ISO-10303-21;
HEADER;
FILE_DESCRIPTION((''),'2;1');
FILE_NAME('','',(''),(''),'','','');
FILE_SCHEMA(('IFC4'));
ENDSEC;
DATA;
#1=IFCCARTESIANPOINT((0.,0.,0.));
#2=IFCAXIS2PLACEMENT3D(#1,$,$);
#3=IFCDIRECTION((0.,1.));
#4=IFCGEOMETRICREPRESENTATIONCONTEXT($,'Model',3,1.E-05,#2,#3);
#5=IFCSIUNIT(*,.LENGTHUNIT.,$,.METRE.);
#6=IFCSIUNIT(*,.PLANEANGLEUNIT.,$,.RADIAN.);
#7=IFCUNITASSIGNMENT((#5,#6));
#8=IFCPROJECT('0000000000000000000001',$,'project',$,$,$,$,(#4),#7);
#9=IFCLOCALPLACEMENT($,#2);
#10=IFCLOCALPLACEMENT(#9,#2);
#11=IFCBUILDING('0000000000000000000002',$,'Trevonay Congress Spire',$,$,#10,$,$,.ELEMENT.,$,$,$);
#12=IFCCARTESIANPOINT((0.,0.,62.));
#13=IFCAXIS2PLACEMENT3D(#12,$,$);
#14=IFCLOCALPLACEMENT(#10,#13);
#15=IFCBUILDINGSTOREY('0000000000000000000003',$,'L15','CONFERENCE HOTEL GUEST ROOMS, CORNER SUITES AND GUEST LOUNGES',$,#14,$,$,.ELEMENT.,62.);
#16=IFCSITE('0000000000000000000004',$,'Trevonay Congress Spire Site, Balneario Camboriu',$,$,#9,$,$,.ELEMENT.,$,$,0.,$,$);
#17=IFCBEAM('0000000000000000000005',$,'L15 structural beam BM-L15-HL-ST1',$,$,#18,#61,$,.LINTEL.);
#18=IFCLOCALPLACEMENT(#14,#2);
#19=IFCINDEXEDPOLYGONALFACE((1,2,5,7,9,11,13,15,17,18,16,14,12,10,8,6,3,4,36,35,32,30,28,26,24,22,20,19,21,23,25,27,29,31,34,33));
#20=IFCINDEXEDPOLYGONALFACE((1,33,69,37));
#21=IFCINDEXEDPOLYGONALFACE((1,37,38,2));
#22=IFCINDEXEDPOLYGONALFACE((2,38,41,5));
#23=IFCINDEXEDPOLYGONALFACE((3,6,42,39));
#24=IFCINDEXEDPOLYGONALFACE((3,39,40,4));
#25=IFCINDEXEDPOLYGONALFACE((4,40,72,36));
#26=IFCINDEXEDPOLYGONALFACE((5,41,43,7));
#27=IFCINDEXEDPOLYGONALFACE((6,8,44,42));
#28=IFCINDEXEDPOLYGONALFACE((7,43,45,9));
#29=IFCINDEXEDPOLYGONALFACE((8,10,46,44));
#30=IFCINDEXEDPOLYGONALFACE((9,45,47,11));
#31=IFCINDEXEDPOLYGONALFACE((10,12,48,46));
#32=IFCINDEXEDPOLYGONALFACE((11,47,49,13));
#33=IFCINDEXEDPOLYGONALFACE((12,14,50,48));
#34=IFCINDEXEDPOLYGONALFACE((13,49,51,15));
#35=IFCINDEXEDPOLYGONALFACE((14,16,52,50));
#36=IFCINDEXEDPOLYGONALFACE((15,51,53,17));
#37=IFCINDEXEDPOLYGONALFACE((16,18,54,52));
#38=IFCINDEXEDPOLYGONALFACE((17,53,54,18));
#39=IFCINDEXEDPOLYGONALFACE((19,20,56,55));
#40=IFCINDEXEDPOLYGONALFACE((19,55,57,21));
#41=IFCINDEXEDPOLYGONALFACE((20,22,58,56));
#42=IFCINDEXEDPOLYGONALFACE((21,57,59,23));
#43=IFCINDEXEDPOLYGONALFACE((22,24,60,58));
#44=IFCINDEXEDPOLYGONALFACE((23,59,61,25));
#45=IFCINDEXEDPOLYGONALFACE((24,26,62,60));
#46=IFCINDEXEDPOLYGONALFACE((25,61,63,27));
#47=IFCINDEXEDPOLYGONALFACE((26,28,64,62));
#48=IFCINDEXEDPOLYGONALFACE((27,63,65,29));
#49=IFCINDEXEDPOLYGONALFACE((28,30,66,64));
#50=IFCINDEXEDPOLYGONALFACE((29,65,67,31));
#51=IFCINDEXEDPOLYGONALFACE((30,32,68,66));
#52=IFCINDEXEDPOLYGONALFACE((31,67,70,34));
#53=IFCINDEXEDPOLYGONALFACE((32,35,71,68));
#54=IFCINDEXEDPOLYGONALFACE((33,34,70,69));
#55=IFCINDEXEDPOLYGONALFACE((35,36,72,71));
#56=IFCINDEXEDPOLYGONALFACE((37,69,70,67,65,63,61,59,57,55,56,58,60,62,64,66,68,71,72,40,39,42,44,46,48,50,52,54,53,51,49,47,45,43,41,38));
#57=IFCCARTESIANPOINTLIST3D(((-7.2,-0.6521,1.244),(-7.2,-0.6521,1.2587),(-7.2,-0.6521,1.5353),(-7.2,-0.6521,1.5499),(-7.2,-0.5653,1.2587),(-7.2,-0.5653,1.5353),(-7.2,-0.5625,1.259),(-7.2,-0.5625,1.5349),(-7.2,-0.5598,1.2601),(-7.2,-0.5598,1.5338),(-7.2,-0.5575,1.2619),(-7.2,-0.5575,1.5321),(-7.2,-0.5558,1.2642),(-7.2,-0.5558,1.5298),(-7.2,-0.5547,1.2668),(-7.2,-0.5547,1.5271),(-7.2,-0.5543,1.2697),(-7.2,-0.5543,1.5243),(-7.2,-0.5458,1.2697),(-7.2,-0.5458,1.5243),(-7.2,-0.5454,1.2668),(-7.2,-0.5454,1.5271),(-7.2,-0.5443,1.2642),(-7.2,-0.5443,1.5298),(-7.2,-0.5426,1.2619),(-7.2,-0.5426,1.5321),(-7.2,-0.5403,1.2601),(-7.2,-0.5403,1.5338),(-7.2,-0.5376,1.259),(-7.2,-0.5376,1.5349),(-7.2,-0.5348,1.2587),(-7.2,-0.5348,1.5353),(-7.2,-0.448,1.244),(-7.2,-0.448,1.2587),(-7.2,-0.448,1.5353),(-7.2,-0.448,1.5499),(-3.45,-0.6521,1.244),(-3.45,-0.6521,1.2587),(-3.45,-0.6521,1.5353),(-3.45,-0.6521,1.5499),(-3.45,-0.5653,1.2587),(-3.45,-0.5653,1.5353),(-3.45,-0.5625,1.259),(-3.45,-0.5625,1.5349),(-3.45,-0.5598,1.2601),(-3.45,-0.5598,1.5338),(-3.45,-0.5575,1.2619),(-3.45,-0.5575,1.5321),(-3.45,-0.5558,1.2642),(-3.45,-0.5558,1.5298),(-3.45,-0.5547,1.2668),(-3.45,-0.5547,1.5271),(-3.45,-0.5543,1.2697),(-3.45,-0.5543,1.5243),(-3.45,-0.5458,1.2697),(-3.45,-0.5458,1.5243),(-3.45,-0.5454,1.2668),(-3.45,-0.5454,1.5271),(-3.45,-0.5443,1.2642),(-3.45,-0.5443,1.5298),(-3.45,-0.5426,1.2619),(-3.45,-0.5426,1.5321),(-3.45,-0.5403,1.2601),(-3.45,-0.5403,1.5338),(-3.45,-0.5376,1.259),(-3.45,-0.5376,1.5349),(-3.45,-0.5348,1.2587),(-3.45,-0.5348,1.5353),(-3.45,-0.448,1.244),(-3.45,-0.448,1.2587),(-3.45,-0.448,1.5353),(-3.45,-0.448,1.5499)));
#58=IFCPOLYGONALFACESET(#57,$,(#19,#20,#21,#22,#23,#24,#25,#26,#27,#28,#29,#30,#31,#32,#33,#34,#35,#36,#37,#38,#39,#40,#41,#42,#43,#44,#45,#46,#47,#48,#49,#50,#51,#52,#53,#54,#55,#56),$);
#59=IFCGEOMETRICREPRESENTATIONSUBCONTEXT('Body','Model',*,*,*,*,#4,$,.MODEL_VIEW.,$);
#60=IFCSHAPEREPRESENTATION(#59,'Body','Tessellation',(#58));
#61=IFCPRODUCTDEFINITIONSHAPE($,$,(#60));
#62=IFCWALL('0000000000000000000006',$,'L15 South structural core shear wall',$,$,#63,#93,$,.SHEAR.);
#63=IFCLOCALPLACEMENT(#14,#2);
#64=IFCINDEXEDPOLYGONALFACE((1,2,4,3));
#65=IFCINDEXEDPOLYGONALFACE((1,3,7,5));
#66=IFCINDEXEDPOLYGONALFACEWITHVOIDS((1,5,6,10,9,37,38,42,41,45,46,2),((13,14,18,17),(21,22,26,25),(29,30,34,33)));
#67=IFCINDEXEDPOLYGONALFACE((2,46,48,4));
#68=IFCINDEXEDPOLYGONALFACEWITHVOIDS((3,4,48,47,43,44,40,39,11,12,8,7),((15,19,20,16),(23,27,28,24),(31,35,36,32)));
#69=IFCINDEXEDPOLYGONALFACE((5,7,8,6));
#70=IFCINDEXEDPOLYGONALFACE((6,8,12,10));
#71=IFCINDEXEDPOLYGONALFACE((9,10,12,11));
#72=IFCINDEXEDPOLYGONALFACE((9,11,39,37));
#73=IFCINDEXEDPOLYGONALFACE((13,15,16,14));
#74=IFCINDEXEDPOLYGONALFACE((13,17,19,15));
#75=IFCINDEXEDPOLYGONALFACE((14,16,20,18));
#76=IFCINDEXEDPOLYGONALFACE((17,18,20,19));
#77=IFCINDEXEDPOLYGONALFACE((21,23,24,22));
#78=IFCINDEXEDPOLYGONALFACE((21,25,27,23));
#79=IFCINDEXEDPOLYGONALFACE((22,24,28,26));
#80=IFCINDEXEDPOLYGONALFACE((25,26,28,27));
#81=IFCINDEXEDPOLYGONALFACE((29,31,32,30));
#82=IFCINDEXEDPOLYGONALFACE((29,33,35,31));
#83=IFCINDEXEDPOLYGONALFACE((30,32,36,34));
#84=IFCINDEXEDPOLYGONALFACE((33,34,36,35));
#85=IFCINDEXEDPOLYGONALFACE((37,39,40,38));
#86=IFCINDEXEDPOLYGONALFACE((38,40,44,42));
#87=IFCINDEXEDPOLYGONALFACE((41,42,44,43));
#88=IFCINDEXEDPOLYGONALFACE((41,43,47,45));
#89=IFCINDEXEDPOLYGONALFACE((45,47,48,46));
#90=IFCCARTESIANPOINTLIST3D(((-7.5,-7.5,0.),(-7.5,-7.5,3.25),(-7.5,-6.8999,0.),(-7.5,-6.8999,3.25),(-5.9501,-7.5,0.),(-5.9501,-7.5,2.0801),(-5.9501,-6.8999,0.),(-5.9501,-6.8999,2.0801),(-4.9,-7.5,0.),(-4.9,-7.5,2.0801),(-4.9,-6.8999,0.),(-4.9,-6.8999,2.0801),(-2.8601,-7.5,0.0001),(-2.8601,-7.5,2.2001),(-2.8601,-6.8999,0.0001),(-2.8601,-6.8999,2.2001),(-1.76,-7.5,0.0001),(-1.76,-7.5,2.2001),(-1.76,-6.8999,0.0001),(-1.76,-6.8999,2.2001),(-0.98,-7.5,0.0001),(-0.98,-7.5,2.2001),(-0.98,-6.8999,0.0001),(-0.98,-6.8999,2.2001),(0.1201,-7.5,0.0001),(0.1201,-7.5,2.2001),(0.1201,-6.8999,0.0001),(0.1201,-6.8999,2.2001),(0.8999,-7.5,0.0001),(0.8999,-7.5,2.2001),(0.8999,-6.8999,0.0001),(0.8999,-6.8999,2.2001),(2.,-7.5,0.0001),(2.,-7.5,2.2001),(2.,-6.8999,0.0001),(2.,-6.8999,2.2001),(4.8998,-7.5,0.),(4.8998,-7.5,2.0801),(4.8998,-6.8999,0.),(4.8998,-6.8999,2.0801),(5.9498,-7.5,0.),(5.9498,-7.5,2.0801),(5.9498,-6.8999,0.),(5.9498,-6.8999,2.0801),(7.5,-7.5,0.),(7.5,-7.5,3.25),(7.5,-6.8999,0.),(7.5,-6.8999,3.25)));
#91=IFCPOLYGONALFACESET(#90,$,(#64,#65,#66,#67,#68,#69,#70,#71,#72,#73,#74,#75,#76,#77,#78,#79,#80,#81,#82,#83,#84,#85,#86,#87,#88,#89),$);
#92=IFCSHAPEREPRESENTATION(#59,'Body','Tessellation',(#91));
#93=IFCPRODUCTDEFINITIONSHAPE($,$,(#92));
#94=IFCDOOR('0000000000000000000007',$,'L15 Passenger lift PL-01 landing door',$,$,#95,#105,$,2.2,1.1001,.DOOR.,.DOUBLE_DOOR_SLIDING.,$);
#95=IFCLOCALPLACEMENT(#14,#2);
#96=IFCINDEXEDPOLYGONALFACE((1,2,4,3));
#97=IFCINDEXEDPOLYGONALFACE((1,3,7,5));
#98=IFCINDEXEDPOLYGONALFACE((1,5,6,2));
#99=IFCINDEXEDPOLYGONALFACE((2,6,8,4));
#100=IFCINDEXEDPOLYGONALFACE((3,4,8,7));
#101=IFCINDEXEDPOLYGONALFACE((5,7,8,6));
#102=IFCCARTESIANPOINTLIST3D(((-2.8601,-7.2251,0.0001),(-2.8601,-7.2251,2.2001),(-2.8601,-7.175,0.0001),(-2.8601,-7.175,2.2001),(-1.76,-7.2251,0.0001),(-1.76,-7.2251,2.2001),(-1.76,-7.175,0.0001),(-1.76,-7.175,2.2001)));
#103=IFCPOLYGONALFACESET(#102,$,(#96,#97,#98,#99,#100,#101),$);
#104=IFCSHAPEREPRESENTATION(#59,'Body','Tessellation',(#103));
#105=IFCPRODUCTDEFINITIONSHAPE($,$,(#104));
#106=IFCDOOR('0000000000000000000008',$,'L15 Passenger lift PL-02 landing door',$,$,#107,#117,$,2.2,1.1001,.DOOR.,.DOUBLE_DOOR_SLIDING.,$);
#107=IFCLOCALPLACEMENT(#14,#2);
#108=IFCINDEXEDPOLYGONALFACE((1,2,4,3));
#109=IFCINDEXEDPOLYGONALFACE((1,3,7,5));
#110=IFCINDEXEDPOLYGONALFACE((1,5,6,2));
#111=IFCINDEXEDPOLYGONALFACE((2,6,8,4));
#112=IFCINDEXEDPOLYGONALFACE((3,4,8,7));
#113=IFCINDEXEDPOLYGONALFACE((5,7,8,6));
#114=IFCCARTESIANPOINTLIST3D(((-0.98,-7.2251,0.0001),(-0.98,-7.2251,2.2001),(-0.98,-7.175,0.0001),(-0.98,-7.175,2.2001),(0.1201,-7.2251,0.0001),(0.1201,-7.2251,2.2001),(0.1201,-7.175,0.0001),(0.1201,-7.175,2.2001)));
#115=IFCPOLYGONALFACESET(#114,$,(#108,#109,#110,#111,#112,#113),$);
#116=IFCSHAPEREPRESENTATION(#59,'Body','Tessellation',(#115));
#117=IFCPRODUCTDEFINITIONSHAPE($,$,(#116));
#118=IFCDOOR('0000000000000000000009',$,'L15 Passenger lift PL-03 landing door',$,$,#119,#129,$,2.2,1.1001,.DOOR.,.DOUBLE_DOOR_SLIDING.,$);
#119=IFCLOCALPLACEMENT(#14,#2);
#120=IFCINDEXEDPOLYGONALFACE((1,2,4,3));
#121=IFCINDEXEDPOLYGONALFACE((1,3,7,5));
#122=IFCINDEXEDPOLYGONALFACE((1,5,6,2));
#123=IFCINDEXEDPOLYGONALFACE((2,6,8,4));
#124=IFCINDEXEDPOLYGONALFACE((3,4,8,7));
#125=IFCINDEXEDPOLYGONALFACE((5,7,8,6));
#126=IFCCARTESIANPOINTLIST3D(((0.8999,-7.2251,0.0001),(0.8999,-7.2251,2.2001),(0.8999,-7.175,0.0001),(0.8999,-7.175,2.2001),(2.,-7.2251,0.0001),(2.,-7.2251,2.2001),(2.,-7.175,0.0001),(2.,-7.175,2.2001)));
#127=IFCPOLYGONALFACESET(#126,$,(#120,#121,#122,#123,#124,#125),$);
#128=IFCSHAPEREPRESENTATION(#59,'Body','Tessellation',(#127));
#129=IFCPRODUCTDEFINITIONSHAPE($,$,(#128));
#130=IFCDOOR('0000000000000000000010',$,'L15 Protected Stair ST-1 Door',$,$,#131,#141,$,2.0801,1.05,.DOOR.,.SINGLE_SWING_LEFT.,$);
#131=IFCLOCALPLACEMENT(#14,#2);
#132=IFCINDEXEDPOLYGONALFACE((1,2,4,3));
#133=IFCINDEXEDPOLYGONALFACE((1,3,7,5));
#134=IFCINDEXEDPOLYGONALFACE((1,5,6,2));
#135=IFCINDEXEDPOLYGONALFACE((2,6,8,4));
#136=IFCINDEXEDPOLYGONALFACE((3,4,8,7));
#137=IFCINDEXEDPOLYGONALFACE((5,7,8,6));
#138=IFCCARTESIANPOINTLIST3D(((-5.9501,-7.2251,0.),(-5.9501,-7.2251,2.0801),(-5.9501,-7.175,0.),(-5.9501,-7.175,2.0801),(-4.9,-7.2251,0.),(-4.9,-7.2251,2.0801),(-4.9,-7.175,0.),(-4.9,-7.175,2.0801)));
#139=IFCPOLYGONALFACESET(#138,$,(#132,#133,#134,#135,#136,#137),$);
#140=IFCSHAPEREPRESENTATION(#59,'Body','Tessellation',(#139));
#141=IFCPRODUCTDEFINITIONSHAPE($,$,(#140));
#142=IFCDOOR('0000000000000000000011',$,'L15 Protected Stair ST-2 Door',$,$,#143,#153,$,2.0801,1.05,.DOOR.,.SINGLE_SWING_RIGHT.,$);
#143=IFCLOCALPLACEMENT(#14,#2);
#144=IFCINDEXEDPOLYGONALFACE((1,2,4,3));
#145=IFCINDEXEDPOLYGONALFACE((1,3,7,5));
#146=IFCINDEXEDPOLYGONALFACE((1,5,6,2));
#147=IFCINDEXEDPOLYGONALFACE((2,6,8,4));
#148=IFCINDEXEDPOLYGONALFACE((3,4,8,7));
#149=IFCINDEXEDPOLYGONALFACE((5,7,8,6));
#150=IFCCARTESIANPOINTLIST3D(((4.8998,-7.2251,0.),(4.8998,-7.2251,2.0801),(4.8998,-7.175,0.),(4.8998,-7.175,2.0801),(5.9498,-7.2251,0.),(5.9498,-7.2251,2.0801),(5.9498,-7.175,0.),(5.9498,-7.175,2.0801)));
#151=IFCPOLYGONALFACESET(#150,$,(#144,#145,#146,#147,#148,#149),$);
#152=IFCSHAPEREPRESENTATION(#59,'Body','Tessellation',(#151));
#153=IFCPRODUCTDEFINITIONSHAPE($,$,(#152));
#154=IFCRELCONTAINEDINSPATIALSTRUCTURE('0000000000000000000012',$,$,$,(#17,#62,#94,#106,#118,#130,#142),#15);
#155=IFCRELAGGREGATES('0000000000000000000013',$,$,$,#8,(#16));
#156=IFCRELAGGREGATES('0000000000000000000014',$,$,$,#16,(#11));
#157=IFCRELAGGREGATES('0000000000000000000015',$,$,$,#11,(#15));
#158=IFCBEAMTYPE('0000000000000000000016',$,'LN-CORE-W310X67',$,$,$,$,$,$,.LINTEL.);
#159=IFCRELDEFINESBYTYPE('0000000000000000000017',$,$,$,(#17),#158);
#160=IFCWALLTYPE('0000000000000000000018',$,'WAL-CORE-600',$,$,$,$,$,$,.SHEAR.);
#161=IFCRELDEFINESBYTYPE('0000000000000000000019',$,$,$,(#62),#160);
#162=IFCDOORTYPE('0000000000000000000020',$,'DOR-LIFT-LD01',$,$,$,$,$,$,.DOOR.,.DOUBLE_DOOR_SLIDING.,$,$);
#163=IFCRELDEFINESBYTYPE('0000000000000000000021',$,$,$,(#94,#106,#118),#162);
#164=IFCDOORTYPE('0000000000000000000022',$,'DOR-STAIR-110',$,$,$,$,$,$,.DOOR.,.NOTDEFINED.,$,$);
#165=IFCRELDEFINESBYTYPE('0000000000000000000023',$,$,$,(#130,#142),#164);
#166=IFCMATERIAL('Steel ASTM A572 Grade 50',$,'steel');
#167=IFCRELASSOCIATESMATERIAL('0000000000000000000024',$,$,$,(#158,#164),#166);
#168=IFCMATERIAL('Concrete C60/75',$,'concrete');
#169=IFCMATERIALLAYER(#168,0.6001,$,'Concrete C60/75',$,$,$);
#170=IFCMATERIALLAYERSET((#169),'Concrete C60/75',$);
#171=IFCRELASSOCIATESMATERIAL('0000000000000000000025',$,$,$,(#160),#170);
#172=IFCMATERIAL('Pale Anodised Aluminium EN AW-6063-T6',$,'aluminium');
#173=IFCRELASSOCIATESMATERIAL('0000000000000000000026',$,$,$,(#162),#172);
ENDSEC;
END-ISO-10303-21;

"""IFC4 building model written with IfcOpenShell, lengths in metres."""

from ifc_helpers import new_model, si_unit, direction, frame, frame_2d, origin, origin_2d, place, context, subcontext, project, spatial, rectangle, i_section, extrude, material, layer, layer_set, material_profile, profile_set, type_object, element, fill, save


model = new_model("IFC4")

# Units and contexts
model_context = context("Model", 3, precision=1e-05, world=origin(), true_north=direction((0.0, 1.0)))
body_context = subcontext(model_context, "Body", "Model", "MODEL_VIEW")
ifc_project = project(units=[si_unit("LENGTHUNIT", "METRE"), si_unit("PLANEANGLEUNIT", "RADIAN")], contexts=[model_context])

# Site, building, storey
site_placement = place(None, origin())
site = spatial("IfcSite", under=ifc_project, at=site_placement, Name="Trevonay Congress Spire Site, Balneario Camboriu", CompositionType="ELEMENT", RefElevation=0.0)
building_placement = place(site_placement, origin())
building = spatial("IfcBuilding", under=site, at=building_placement, Name="Trevonay Congress Spire", CompositionType="ELEMENT")
storey_placement = place(building_placement, frame((0.0, 0.0, 62.0)))
storey = spatial("IfcBuildingStorey", under=building, at=storey_placement, Name="L15", Description="CONFERENCE HOTEL GUEST ROOMS, CORNER SUITES AND GUEST LOUNGES", CompositionType="ELEMENT", Elevation=62.0)

# Shared definitions
ifc_material_1 = material(Name="Steel ASTM A572 Grade 50", Category="steel")

# Beam
ifc_material_profile_1 = material_profile(ifc_material_1, i_section(OverallWidth=0.2041, OverallDepth=0.3059, WebThickness=0.0085, FlangeThickness=0.0146, FilletRadius=0.011, at=origin_2d()), Name="W310x67")
ifc_profile_set_1 = profile_set([ifc_material_profile_1], Name="Steel ASTM A572 Grade 50")
beam_type_1 = type_object("IfcBeamType", Name="LN-CORE-W310X67", PredefinedType="LINTEL", material=ifc_profile_set_1)
beam_1_placement = place(storey_placement, frame((-7.2, -0.55, 1.397), z_axis=(1.0, 0.0, 0.0), x_axis=(0.0, 1.0, 0.0)))
element("IfcBeam", 1, at=beam_1_placement, inside=storey, type_object=beam_type_1, Name="L15 structural beam BM-L15-HL-ST1", PredefinedType="LINTEL", context=body_context, shape_type="SweptSolid", body=[
    extrude(i_section(OverallWidth=0.2041, OverallDepth=0.3059, WebThickness=0.0085, FlangeThickness=0.0146, FilletRadius=0.011, at=origin_2d()), origin(), (0.0, 0.0, 1.0), 3.75),
])

# Wall, openings, doors
ifc_material_2 = material(Name="Concrete C60/75", Category="concrete")
ifc_layer_1 = layer(ifc_material_2, 0.6001, Name="Concrete C60/75")
ifc_layer_set_1 = layer_set([ifc_layer_1], Name="Concrete C60/75")
wall_type_1 = type_object("IfcWallType", Name="WAL-CORE-600", PredefinedType="SHEAR", material=ifc_layer_set_1)
wall_1_placement = place(storey_placement, frame((-7.5, -7.2, 0.0), z_axis=(0.0, 0.0, 1.0), x_axis=(1.0, 0.0, 0.0)))
wall_1 = element("IfcWall", 2, at=wall_1_placement, inside=storey, type_object=wall_type_1, Name="L15 South structural core shear wall", PredefinedType="SHEAR", context=body_context, shape_type="SweptSolid", body=[
    extrude(rectangle(XDim=15.0, YDim=0.6001, at=frame_2d((7.5, 0.0))), origin(), (0.0, 0.0, 1.0), 3.25),
])
opening_1_placement = place(wall_1_placement, frame((1.55, 0.0, 0.0)))
opening_1 = element("IfcOpeningElement", 3, at=opening_1_placement, cuts=wall_1, PredefinedType="OPENING", context=body_context, shape_type="SweptSolid", body=[
    extrude(rectangle(XDim=1.05, YDim=2.0801, at=frame_2d((0.5249, 1.04))), frame((0.0, 0.3101, 0.0), z_axis=(0.0, -1.0, 0.0), x_axis=(1.0, 0.0, 0.0)), (0.0, 0.0, 1.0), 0.6201),
])
opening_2_placement = place(wall_1_placement, frame((12.3999, 0.0, 0.0)))
opening_2 = element("IfcOpeningElement", 4, at=opening_2_placement, cuts=wall_1, PredefinedType="OPENING", context=body_context, shape_type="SweptSolid", body=[
    extrude(rectangle(XDim=1.05, YDim=2.0801, at=frame_2d((0.5249, 1.04))), frame((0.0, 0.3101, 0.0), z_axis=(0.0, -1.0, 0.0), x_axis=(1.0, 0.0, 0.0)), (0.0, 0.0, 1.0), 0.6201),
])
opening_3_placement = place(wall_1_placement, frame((4.6399, 0.0, 0.0)))
opening_3 = element("IfcOpeningElement", 5, at=opening_3_placement, cuts=wall_1, PredefinedType="OPENING", context=body_context, shape_type="SweptSolid", body=[
    extrude(rectangle(XDim=1.1001, YDim=2.2, at=frame_2d((0.55, 1.1001))), frame((0.0, 0.3101, 0.0), z_axis=(0.0, -1.0, 0.0), x_axis=(1.0, 0.0, 0.0)), (0.0, 0.0, 1.0), 0.6201),
])
opening_4_placement = place(wall_1_placement, frame((6.52, 0.0, 0.0)))
opening_4 = element("IfcOpeningElement", 6, at=opening_4_placement, cuts=wall_1, PredefinedType="OPENING", context=body_context, shape_type="SweptSolid", body=[
    extrude(rectangle(XDim=1.1001, YDim=2.2, at=frame_2d((0.55, 1.1001))), frame((0.0, 0.3101, 0.0), z_axis=(0.0, -1.0, 0.0), x_axis=(1.0, 0.0, 0.0)), (0.0, 0.0, 1.0), 0.6201),
])
opening_5_placement = place(wall_1_placement, frame((8.3999, 0.0, 0.0)))
opening_5 = element("IfcOpeningElement", 7, at=opening_5_placement, cuts=wall_1, PredefinedType="OPENING", context=body_context, shape_type="SweptSolid", body=[
    extrude(rectangle(XDim=1.1001, YDim=2.2, at=frame_2d((0.55, 1.1001))), frame((0.0, 0.3101, 0.0), z_axis=(0.0, -1.0, 0.0), x_axis=(1.0, 0.0, 0.0)), (0.0, 0.0, 1.0), 0.6201),
])
ifc_material_3 = material(Name="Pale Anodised Aluminium EN AW-6063-T6", Category="aluminium")
door_type_1 = type_object("IfcDoorType", Name="DOR-LIFT-LD01", OperationType="DOUBLE_DOOR_SLIDING", PredefinedType="DOOR", material=ifc_material_3)
door_1_placement = place(opening_3_placement, origin())
door_1 = element("IfcDoor", 8, at=door_1_placement, inside=storey, type_object=door_type_1, Name="L15 Passenger lift PL-01 landing door", OperationType="DOUBLE_DOOR_SLIDING", OverallHeight=2.2, OverallWidth=1.1001, PredefinedType="DOOR", context=body_context, shape_type="SweptSolid", body=[
    extrude(rectangle(XDim=1.1001, YDim=2.2, at=frame_2d((0.55, 1.1001))), frame((0.0, 0.0249, 0.0), z_axis=(0.0, -1.0, 0.0), x_axis=(1.0, 0.0, 0.0)), (0.0, 0.0, 1.0), 0.05),
])
fill(opening_3, door_1)
door_2_placement = place(opening_4_placement, origin())
door_2 = element("IfcDoor", 9, at=door_2_placement, inside=storey, type_object=door_type_1, Name="L15 Passenger lift PL-02 landing door", OperationType="DOUBLE_DOOR_SLIDING", OverallHeight=2.2, OverallWidth=1.1001, PredefinedType="DOOR", context=body_context, shape_type="SweptSolid", body=[
    extrude(rectangle(XDim=1.1001, YDim=2.2, at=frame_2d((0.55, 1.1001))), frame((0.0, 0.0249, 0.0), z_axis=(0.0, -1.0, 0.0), x_axis=(1.0, 0.0, 0.0)), (0.0, 0.0, 1.0), 0.05),
])
fill(opening_4, door_2)
door_3_placement = place(opening_5_placement, origin())
door_3 = element("IfcDoor", 10, at=door_3_placement, inside=storey, type_object=door_type_1, Name="L15 Passenger lift PL-03 landing door", OperationType="DOUBLE_DOOR_SLIDING", OverallHeight=2.2, OverallWidth=1.1001, PredefinedType="DOOR", context=body_context, shape_type="SweptSolid", body=[
    extrude(rectangle(XDim=1.1001, YDim=2.2, at=frame_2d((0.55, 1.1001))), frame((0.0, 0.0249, 0.0), z_axis=(0.0, -1.0, 0.0), x_axis=(1.0, 0.0, 0.0)), (0.0, 0.0, 1.0), 0.05),
])
fill(opening_5, door_3)
door_type_2 = type_object("IfcDoorType", Name="DOR-STAIR-110", OperationType="NOTDEFINED", PredefinedType="DOOR", material=ifc_material_1)
door_4_placement = place(opening_1_placement, origin())
door_4 = element("IfcDoor", 11, at=door_4_placement, inside=storey, type_object=door_type_2, Name="L15 Protected Stair ST-1 Door", OperationType="SINGLE_SWING_LEFT", OverallHeight=2.0801, OverallWidth=1.05, PredefinedType="DOOR", context=body_context, shape_type="SweptSolid", body=[
    extrude(rectangle(XDim=1.05, YDim=2.0801, at=frame_2d((0.5249, 1.04))), frame((0.0, 0.0249, 0.0), z_axis=(0.0, -1.0, 0.0), x_axis=(1.0, 0.0, 0.0)), (0.0, 0.0, 1.0), 0.05),
])
fill(opening_1, door_4)
door_5_placement = place(opening_2_placement, origin())
door_5 = element("IfcDoor", 12, at=door_5_placement, inside=storey, type_object=door_type_2, Name="L15 Protected Stair ST-2 Door", OperationType="SINGLE_SWING_RIGHT", OverallHeight=2.0801, OverallWidth=1.05, PredefinedType="DOOR", context=body_context, shape_type="SweptSolid", body=[
    extrude(rectangle(XDim=1.05, YDim=2.0801, at=frame_2d((0.5249, 1.04))), frame((0.0, 0.0249, 0.0), z_axis=(0.0, -1.0, 0.0), x_axis=(1.0, 0.0, 0.0)), (0.0, 0.0, 1.0), 0.05),
])
fill(opening_2, door_5)

save(model, "model.ifc")
